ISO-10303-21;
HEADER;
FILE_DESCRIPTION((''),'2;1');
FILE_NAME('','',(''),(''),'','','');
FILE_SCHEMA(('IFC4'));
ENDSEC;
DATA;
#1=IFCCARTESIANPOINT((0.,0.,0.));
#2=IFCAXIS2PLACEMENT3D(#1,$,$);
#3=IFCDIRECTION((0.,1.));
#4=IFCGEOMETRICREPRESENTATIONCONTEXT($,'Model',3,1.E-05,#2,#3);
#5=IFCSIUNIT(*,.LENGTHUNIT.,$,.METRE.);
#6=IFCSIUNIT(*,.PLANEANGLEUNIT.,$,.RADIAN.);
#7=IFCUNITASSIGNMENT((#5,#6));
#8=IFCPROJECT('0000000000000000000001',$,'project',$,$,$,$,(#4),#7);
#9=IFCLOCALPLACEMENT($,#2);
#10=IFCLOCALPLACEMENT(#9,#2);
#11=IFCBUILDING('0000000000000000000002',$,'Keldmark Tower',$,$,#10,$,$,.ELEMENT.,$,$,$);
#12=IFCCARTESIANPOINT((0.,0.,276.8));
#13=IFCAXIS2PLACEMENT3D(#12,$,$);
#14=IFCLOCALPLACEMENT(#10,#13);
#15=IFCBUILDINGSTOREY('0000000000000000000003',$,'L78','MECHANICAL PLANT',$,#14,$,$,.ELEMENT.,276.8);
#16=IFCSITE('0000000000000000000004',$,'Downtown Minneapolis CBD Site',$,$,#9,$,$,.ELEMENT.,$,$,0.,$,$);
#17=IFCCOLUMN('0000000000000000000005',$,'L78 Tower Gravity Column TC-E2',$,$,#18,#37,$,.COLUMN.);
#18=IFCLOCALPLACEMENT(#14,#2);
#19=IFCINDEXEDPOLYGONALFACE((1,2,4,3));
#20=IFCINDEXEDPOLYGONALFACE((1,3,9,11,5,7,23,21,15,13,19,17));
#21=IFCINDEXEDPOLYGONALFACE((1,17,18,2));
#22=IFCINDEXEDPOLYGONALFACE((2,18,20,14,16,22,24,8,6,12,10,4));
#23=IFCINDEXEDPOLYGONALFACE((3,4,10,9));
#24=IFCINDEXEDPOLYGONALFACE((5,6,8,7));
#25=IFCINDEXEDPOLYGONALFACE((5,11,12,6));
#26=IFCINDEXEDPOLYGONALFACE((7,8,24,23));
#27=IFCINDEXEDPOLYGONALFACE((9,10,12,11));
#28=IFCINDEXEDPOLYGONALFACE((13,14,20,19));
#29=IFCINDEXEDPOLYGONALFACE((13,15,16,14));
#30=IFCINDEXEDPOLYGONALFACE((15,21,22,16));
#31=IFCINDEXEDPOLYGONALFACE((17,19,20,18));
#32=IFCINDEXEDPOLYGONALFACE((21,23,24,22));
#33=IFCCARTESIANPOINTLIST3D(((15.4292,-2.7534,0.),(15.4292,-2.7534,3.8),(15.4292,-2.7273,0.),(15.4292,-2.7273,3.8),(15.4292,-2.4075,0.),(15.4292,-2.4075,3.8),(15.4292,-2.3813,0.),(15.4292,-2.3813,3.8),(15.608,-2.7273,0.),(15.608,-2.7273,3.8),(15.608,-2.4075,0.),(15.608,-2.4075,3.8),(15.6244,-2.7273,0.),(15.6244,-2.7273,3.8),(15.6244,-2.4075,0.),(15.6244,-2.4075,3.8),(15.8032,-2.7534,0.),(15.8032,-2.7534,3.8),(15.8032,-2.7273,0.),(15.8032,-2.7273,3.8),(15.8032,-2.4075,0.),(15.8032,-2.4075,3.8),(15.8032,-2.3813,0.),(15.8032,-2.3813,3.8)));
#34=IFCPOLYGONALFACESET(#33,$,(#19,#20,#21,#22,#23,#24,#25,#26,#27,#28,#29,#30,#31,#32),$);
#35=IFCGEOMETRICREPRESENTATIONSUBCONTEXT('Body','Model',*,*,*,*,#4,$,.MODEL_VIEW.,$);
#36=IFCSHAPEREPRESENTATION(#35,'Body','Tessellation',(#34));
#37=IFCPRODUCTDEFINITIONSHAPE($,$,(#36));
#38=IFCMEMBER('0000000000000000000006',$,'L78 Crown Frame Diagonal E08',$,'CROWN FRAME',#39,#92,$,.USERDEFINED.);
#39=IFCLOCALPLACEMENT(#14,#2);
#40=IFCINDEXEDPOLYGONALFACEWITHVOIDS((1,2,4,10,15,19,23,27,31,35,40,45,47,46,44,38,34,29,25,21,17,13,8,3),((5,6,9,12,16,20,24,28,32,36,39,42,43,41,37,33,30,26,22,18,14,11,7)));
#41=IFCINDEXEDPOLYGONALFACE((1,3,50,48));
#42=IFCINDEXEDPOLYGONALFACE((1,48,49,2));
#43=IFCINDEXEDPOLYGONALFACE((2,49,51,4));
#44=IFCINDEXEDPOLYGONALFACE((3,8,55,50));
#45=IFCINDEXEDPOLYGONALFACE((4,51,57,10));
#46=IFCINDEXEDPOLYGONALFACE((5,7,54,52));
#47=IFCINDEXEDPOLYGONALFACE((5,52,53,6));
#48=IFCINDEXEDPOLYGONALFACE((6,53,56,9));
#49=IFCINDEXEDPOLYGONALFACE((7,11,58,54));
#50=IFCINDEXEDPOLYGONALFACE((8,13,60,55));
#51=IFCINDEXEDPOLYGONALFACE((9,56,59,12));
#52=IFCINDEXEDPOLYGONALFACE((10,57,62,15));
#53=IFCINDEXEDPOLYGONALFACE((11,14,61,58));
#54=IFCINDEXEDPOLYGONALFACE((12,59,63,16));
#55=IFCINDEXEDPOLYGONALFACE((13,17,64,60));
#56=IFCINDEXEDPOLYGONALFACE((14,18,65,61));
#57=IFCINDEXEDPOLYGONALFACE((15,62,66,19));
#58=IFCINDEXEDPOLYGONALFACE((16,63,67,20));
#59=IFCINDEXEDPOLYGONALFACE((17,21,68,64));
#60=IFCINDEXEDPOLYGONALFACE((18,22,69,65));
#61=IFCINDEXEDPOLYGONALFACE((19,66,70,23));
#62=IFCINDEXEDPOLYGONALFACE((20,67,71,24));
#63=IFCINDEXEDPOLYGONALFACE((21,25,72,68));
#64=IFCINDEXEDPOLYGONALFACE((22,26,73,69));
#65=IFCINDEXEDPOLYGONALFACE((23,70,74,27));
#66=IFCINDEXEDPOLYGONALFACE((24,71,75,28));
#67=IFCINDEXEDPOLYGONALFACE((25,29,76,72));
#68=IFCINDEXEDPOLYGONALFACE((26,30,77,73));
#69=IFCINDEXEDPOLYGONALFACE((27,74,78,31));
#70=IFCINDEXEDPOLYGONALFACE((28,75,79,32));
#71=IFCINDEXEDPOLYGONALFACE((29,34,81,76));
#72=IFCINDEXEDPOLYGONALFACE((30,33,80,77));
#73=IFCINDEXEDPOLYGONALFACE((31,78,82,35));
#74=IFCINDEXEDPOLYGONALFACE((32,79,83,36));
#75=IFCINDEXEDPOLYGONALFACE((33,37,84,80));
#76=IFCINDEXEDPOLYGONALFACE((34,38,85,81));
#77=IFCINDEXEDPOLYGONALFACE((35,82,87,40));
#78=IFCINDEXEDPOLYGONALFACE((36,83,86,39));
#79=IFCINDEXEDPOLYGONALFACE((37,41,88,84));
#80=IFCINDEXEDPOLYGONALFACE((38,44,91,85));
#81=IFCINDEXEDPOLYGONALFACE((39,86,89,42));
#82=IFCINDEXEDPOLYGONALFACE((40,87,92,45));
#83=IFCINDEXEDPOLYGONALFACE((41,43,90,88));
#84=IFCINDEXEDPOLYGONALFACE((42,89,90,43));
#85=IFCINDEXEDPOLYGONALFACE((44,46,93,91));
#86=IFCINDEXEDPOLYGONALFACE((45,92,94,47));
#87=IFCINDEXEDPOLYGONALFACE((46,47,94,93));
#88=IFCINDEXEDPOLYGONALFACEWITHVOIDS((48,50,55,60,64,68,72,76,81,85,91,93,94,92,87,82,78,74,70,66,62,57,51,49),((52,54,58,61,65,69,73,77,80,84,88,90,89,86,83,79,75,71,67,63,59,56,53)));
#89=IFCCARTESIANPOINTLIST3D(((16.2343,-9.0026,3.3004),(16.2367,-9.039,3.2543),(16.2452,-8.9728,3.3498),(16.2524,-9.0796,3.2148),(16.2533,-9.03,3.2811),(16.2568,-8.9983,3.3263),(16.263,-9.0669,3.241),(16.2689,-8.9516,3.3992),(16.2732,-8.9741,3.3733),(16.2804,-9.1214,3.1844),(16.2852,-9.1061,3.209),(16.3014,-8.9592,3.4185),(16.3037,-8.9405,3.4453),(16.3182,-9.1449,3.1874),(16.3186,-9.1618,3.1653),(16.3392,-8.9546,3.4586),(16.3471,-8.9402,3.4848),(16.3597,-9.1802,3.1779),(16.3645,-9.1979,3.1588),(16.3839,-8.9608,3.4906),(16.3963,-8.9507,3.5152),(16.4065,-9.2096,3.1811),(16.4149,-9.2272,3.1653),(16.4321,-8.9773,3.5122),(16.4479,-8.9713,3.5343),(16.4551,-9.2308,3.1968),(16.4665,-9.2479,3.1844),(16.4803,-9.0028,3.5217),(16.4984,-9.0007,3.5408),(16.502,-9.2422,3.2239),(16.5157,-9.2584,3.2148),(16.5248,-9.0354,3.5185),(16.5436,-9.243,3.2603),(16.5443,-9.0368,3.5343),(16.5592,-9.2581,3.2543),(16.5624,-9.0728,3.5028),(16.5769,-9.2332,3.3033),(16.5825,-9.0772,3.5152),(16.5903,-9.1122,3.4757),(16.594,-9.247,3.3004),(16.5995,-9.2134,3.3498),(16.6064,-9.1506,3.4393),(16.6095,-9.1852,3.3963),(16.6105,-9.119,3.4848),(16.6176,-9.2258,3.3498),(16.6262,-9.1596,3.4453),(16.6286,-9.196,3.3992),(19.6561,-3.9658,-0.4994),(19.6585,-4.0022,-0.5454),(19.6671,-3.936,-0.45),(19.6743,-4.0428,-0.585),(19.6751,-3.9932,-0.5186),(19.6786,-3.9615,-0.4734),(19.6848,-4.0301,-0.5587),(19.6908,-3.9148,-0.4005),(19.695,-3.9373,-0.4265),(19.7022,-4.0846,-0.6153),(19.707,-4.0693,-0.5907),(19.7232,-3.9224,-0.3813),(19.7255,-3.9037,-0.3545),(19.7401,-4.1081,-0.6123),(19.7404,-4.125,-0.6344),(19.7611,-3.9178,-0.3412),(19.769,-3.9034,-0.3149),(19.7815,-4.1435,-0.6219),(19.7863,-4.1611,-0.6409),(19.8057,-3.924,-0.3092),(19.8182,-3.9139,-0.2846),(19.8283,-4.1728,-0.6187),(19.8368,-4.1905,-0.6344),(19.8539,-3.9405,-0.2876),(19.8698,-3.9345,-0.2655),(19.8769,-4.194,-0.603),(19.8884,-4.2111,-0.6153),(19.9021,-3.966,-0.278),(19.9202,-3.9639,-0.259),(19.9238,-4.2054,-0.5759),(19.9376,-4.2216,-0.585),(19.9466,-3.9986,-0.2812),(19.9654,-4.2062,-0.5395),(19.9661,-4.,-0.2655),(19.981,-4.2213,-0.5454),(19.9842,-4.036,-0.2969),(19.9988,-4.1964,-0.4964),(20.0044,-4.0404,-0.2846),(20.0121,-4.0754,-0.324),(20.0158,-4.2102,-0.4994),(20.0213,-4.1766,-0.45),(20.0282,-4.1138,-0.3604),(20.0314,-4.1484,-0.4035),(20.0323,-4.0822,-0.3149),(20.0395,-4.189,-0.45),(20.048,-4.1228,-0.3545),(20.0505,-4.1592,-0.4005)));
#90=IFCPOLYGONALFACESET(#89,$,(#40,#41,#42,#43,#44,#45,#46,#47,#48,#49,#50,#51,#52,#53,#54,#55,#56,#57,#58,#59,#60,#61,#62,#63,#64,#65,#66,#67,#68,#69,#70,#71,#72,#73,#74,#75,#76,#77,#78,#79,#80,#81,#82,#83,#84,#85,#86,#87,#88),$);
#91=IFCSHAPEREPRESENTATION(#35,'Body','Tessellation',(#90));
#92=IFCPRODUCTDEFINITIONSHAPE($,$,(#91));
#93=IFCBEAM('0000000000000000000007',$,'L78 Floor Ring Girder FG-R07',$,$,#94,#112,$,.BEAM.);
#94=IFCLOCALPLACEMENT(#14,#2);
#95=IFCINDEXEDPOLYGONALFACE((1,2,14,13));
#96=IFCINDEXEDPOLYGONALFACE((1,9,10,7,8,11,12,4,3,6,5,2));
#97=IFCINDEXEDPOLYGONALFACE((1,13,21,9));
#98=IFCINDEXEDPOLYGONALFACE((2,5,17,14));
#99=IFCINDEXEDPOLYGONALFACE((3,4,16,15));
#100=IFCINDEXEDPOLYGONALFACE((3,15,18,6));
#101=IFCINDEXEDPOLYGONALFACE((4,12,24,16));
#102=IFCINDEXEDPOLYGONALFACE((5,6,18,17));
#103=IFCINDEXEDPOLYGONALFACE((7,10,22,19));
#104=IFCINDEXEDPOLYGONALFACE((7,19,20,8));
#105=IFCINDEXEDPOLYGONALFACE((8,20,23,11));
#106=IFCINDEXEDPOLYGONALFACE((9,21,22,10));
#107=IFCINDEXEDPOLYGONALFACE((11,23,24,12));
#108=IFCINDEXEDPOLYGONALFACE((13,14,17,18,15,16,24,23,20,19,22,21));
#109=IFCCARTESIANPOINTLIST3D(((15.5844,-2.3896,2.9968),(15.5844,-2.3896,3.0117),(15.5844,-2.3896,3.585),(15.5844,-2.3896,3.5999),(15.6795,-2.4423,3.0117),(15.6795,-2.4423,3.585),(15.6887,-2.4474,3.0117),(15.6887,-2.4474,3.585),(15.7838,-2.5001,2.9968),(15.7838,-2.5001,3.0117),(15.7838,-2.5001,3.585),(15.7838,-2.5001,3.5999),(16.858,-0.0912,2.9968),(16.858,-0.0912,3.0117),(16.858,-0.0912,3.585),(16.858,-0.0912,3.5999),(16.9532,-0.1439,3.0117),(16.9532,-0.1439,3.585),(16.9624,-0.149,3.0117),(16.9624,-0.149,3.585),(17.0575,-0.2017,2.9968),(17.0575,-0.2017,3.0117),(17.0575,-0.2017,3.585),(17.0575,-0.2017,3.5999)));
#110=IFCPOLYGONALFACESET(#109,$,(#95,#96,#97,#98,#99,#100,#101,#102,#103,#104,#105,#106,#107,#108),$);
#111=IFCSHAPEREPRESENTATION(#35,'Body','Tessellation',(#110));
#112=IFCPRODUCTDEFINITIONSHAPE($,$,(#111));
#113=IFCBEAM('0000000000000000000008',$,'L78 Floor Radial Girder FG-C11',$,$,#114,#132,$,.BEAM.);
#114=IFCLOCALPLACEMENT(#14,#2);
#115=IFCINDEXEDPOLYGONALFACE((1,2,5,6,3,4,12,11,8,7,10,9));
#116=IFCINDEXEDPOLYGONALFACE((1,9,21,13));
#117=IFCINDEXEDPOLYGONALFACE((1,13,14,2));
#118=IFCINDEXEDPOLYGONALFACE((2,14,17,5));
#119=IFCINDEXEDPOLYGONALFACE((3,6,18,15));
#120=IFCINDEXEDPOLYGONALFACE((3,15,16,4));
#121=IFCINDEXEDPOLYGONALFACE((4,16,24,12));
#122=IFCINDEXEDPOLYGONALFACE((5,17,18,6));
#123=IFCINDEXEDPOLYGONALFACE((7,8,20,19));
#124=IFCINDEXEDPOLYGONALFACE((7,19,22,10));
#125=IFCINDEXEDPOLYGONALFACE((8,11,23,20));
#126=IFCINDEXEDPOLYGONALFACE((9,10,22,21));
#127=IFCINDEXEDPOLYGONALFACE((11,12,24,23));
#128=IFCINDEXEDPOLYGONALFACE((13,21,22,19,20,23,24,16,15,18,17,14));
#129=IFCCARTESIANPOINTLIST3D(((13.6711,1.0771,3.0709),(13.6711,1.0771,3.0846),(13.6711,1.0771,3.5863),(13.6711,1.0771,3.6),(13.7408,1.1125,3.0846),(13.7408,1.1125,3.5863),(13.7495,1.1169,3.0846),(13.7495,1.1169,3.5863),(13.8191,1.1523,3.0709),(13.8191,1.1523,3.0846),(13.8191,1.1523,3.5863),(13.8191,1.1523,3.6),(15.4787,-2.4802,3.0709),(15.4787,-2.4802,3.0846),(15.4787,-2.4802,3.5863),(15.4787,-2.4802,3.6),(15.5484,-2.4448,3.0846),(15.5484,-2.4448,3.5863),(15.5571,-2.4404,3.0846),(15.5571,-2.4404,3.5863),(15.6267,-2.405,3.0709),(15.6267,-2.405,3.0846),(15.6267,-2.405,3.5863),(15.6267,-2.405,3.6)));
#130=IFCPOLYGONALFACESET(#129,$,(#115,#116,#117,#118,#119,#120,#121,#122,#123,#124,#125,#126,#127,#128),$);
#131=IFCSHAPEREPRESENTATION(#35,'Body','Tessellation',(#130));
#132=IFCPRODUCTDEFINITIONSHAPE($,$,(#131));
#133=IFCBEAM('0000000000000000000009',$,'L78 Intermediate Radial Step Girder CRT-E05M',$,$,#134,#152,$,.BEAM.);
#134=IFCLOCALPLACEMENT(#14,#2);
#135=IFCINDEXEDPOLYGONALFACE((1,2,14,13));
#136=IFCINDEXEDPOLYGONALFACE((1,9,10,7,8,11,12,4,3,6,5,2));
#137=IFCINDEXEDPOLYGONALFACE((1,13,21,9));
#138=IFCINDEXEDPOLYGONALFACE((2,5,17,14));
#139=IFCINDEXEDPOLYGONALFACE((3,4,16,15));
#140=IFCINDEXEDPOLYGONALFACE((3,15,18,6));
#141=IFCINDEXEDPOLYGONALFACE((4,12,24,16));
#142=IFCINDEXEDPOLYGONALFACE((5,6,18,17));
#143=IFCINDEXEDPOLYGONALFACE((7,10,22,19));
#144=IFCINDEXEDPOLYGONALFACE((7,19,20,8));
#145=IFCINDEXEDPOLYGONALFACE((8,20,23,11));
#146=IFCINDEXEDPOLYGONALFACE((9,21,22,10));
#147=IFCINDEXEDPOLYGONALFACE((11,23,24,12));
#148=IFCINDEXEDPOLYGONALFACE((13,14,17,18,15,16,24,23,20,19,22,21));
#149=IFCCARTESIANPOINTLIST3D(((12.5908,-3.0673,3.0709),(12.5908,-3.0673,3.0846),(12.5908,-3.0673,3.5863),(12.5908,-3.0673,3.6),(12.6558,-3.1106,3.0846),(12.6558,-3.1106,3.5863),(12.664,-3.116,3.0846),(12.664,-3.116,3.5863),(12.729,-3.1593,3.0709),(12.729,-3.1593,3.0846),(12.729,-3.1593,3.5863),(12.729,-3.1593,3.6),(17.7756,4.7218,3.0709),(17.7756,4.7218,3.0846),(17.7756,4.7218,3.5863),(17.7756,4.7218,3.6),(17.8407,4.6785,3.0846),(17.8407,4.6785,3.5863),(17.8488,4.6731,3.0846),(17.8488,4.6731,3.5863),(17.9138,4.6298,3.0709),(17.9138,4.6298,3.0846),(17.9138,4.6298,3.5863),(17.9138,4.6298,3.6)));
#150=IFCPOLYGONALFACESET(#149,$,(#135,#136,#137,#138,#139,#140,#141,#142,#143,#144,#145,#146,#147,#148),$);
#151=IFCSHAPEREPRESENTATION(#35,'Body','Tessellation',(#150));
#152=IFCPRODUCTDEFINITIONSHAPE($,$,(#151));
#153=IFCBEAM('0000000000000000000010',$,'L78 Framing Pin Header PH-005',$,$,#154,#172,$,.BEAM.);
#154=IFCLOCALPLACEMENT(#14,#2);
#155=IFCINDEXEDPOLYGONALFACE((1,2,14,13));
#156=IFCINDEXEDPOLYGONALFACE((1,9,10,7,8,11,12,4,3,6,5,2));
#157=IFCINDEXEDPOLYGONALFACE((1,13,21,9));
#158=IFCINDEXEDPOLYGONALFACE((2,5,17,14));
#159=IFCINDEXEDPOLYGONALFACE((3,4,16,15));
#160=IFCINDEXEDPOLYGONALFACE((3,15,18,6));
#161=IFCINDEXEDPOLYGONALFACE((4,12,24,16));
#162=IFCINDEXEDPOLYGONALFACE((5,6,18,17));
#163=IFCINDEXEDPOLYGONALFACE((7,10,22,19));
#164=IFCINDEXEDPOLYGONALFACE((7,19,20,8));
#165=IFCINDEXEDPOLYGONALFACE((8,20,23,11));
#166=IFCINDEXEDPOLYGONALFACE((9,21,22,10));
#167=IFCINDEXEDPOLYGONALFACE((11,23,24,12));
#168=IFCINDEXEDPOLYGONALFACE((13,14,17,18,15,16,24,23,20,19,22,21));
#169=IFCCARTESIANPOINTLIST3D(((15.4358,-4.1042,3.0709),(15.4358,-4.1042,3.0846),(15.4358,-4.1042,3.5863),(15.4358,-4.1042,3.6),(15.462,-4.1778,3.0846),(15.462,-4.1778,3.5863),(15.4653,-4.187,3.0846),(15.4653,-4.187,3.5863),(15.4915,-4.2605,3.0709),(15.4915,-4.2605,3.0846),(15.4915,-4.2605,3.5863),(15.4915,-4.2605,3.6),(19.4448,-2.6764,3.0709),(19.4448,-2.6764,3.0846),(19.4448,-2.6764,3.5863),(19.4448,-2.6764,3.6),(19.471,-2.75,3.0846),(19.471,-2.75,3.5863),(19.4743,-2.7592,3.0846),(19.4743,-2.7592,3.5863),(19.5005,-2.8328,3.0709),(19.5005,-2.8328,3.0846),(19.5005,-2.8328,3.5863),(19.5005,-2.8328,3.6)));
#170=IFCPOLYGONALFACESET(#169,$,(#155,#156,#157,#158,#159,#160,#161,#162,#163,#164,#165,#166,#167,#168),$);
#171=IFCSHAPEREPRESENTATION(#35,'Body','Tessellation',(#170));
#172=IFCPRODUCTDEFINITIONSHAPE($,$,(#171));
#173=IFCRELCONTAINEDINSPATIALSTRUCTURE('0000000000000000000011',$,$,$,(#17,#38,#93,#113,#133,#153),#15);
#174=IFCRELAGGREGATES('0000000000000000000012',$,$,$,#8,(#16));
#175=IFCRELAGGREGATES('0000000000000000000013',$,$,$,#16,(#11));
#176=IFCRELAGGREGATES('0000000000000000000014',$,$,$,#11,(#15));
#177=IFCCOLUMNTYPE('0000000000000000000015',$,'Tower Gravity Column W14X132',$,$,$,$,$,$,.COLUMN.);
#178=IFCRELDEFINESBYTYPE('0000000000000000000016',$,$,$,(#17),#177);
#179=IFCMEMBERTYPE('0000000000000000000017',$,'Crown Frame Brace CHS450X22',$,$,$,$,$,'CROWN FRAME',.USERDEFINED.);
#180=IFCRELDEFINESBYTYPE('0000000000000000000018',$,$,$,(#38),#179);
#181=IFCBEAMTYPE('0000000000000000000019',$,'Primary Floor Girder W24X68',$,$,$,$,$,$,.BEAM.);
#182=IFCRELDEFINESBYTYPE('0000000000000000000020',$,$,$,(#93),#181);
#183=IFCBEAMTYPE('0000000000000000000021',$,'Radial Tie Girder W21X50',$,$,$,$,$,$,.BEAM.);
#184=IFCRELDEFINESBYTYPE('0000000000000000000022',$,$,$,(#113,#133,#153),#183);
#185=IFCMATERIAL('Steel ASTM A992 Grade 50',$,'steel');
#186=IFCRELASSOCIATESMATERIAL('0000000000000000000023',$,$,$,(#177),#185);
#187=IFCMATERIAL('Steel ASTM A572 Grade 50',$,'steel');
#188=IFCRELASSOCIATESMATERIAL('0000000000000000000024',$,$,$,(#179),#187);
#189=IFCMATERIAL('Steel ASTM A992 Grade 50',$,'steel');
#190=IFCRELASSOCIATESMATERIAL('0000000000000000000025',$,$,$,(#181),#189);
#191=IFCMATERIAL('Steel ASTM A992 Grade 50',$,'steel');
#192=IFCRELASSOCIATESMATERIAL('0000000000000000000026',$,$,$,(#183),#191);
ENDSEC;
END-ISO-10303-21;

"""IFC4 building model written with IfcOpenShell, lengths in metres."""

from ifc_helpers import new_model, si_unit, direction, frame, origin, origin_2d, place, context, subcontext, project, spatial, hollow_circle, i_section, extrude, material, material_profile, profile_set, type_object, element, save


model = new_model("IFC4")

# Units and contexts
model_context = context("Model", 3, precision=1e-05, world=origin(), true_north=direction((0.0, 1.0)))
body_context = subcontext(model_context, "Body", "Model", "MODEL_VIEW")
ifc_project = project(units=[si_unit("LENGTHUNIT", "METRE"), si_unit("PLANEANGLEUNIT", "RADIAN")], contexts=[model_context])

# Site, building, storey
site_placement = place(None, origin())
site = spatial("IfcSite", under=ifc_project, at=site_placement, Name="Downtown Minneapolis CBD Site", CompositionType="ELEMENT", RefElevation=0.0)
building_placement = place(site_placement, origin())
building = spatial("IfcBuilding", under=site, at=building_placement, Name="Keldmark Tower", CompositionType="ELEMENT")
storey_placement = place(building_placement, frame((0.0, 0.0, 276.8)))
storey = spatial("IfcBuildingStorey", under=building, at=storey_placement, Name="L78", Description="MECHANICAL PLANT", CompositionType="ELEMENT", Elevation=276.8)

# Column
ifc_material_1 = material(Name="Steel ASTM A992 Grade 50", Category="steel")
ifc_material_profile_1 = material_profile(ifc_material_1, i_section(OverallWidth=0.374, OverallDepth=0.3721, WebThickness=0.0164, FlangeThickness=0.0261, at=origin_2d()), Name="W14X132")
ifc_profile_set_1 = profile_set([ifc_material_profile_1], Name="Steel ASTM A992 Grade 50")
column_type = type_object("IfcColumnType", Name="Tower Gravity Column W14X132", PredefinedType="COLUMN", material=ifc_profile_set_1)
column_placement = place(storey_placement, frame((15.6162, -2.5674, 0.0), z_axis=(0.0, 0.0, 1.0), x_axis=(1.0, 0.0, 0.0)))
element("IfcColumn", 1, at=column_placement, inside=storey, type_object=column_type, Name="L78 Tower Gravity Column TC-E2", PredefinedType="COLUMN", context=body_context, shape_type="SweptSolid", body=[
    extrude(i_section(OverallWidth=0.374, OverallDepth=0.3721, WebThickness=0.0164, FlangeThickness=0.0261, at=origin_2d()), origin(), (0.0, 0.0, 1.0), 3.8),
])

# Member
ifc_material_2 = material(Name="Steel ASTM A572 Grade 50", Category="steel")
ifc_material_profile_2 = material_profile(ifc_material_2, hollow_circle(Radius=0.2251, WallThickness=0.022, at=origin_2d()), Name="CHS450X22")
ifc_profile_set_2 = profile_set([ifc_material_profile_2], Name="Steel ASTM A572 Grade 50")
member_type = type_object("IfcMemberType", Name="Crown Frame Brace CHS450X22", ElementType="CROWN FRAME", PredefinedType="USERDEFINED", material=ifc_profile_set_2)
member_placement = place(storey_placement, frame((19.8533, -4.0625, -0.45), z_axis=(-0.476744, -0.701749, 0.529399), x_axis=(0.82717, -0.561951, 0.0)))
element("IfcMember", 2, at=member_placement, inside=storey, type_object=member_type, Name="L78 Crown Frame Diagonal E08", ObjectType="CROWN FRAME", PredefinedType="USERDEFINED", context=body_context, shape_type="SweptSolid", body=[
    extrude(hollow_circle(Radius=0.2251, WallThickness=0.022, at=origin_2d()), origin(), (0.0, 0.0, 1.0), 7.1775),
])

# Beams
ifc_material_3 = material(Name="Steel ASTM A992 Grade 50", Category="steel")
ifc_material_profile_3 = material_profile(ifc_material_3, i_section(OverallWidth=0.228, OverallDepth=0.603, WebThickness=0.0105, FlangeThickness=0.0149, at=origin_2d()), Name="W24X68")
ifc_profile_set_3 = profile_set([ifc_material_profile_3], Name="Steel ASTM A992 Grade 50")
beam_type_1 = type_object("IfcBeamType", Name="Primary Floor Girder W24X68", PredefinedType="BEAM", material=ifc_profile_set_3)
beam_1_placement = place(storey_placement, frame((15.6841, -2.4448, 3.2983), z_axis=(0.48472, 0.87467, 0.0), x_axis=(-0.87467, 0.48472, 0.0)))
element("IfcBeam", 3, at=beam_1_placement, inside=storey, type_object=beam_type_1, Name="L78 Floor Ring Girder FG-R07", PredefinedType="BEAM", context=body_context, shape_type="SweptSolid", body=[
    extrude(i_section(OverallWidth=0.228, OverallDepth=0.603, WebThickness=0.0105, FlangeThickness=0.0149, at=origin_2d()), origin(), (0.0, 0.0, 1.0), 2.6277),
])
ifc_material_4 = material(Name="Steel ASTM A992 Grade 50", Category="steel")
ifc_material_profile_4 = material_profile(ifc_material_4, i_section(OverallWidth=0.166, OverallDepth=0.5291, WebThickness=0.0098, FlangeThickness=0.0137, at=origin_2d()), Name="W21X50")
ifc_profile_set_4 = profile_set([ifc_material_profile_4], Name="Steel ASTM A992 Grade 50")
beam_type_2 = type_object("IfcBeamType", Name="Radial Tie Girder W21X50", PredefinedType="BEAM", material=ifc_profile_set_4)
beam_2_placement = place(storey_placement, frame((15.5527, -2.4426, 3.3354), z_axis=(-0.453004, 0.891508, 0.0), x_axis=(-0.891508, -0.453004, 0.0)))
element("IfcBeam", 4, at=beam_2_placement, inside=storey, type_object=beam_type_2, Name="L78 Floor Radial Girder FG-C11", PredefinedType="BEAM", context=body_context, shape_type="SweptSolid", body=[
    extrude(i_section(OverallWidth=0.166, OverallDepth=0.5291, WebThickness=0.0098, FlangeThickness=0.0137, at=origin_2d()), origin(), (0.0, 0.0, 1.0), 3.9902),
])
beam_3_placement = place(storey_placement, frame((12.6599, -3.1133, 3.3354), z_axis=(0.554116, 0.832439, 0.0), x_axis=(-0.832439, 0.554116, 0.0)))
element("IfcBeam", 5, at=beam_3_placement, inside=storey, type_object=beam_type_2, Name="L78 Intermediate Radial Step Girder CRT-E05M", PredefinedType="BEAM", context=body_context, shape_type="SweptSolid", body=[
    extrude(i_section(OverallWidth=0.166, OverallDepth=0.5291, WebThickness=0.0098, FlangeThickness=0.0137, at=origin_2d()), origin(), (0.0, 0.0, 1.0), 9.3569),
])
beam_4_placement = place(storey_placement, frame((19.4727, -2.7546, 3.3354), z_axis=(-0.942044, -0.335489, 0.0), x_axis=(0.335489, -0.942044, 0.0)))
element("IfcBeam", 6, at=beam_4_placement, inside=storey, type_object=beam_type_2, Name="L78 Framing Pin Header PH-005", PredefinedType="BEAM", context=body_context, shape_type="SweptSolid", body=[
    extrude(i_section(OverallWidth=0.166, OverallDepth=0.5291, WebThickness=0.0098, FlangeThickness=0.0137, at=origin_2d()), origin(), (0.0, 0.0, 1.0), 4.2556),
])

save(model, "model.ifc")
